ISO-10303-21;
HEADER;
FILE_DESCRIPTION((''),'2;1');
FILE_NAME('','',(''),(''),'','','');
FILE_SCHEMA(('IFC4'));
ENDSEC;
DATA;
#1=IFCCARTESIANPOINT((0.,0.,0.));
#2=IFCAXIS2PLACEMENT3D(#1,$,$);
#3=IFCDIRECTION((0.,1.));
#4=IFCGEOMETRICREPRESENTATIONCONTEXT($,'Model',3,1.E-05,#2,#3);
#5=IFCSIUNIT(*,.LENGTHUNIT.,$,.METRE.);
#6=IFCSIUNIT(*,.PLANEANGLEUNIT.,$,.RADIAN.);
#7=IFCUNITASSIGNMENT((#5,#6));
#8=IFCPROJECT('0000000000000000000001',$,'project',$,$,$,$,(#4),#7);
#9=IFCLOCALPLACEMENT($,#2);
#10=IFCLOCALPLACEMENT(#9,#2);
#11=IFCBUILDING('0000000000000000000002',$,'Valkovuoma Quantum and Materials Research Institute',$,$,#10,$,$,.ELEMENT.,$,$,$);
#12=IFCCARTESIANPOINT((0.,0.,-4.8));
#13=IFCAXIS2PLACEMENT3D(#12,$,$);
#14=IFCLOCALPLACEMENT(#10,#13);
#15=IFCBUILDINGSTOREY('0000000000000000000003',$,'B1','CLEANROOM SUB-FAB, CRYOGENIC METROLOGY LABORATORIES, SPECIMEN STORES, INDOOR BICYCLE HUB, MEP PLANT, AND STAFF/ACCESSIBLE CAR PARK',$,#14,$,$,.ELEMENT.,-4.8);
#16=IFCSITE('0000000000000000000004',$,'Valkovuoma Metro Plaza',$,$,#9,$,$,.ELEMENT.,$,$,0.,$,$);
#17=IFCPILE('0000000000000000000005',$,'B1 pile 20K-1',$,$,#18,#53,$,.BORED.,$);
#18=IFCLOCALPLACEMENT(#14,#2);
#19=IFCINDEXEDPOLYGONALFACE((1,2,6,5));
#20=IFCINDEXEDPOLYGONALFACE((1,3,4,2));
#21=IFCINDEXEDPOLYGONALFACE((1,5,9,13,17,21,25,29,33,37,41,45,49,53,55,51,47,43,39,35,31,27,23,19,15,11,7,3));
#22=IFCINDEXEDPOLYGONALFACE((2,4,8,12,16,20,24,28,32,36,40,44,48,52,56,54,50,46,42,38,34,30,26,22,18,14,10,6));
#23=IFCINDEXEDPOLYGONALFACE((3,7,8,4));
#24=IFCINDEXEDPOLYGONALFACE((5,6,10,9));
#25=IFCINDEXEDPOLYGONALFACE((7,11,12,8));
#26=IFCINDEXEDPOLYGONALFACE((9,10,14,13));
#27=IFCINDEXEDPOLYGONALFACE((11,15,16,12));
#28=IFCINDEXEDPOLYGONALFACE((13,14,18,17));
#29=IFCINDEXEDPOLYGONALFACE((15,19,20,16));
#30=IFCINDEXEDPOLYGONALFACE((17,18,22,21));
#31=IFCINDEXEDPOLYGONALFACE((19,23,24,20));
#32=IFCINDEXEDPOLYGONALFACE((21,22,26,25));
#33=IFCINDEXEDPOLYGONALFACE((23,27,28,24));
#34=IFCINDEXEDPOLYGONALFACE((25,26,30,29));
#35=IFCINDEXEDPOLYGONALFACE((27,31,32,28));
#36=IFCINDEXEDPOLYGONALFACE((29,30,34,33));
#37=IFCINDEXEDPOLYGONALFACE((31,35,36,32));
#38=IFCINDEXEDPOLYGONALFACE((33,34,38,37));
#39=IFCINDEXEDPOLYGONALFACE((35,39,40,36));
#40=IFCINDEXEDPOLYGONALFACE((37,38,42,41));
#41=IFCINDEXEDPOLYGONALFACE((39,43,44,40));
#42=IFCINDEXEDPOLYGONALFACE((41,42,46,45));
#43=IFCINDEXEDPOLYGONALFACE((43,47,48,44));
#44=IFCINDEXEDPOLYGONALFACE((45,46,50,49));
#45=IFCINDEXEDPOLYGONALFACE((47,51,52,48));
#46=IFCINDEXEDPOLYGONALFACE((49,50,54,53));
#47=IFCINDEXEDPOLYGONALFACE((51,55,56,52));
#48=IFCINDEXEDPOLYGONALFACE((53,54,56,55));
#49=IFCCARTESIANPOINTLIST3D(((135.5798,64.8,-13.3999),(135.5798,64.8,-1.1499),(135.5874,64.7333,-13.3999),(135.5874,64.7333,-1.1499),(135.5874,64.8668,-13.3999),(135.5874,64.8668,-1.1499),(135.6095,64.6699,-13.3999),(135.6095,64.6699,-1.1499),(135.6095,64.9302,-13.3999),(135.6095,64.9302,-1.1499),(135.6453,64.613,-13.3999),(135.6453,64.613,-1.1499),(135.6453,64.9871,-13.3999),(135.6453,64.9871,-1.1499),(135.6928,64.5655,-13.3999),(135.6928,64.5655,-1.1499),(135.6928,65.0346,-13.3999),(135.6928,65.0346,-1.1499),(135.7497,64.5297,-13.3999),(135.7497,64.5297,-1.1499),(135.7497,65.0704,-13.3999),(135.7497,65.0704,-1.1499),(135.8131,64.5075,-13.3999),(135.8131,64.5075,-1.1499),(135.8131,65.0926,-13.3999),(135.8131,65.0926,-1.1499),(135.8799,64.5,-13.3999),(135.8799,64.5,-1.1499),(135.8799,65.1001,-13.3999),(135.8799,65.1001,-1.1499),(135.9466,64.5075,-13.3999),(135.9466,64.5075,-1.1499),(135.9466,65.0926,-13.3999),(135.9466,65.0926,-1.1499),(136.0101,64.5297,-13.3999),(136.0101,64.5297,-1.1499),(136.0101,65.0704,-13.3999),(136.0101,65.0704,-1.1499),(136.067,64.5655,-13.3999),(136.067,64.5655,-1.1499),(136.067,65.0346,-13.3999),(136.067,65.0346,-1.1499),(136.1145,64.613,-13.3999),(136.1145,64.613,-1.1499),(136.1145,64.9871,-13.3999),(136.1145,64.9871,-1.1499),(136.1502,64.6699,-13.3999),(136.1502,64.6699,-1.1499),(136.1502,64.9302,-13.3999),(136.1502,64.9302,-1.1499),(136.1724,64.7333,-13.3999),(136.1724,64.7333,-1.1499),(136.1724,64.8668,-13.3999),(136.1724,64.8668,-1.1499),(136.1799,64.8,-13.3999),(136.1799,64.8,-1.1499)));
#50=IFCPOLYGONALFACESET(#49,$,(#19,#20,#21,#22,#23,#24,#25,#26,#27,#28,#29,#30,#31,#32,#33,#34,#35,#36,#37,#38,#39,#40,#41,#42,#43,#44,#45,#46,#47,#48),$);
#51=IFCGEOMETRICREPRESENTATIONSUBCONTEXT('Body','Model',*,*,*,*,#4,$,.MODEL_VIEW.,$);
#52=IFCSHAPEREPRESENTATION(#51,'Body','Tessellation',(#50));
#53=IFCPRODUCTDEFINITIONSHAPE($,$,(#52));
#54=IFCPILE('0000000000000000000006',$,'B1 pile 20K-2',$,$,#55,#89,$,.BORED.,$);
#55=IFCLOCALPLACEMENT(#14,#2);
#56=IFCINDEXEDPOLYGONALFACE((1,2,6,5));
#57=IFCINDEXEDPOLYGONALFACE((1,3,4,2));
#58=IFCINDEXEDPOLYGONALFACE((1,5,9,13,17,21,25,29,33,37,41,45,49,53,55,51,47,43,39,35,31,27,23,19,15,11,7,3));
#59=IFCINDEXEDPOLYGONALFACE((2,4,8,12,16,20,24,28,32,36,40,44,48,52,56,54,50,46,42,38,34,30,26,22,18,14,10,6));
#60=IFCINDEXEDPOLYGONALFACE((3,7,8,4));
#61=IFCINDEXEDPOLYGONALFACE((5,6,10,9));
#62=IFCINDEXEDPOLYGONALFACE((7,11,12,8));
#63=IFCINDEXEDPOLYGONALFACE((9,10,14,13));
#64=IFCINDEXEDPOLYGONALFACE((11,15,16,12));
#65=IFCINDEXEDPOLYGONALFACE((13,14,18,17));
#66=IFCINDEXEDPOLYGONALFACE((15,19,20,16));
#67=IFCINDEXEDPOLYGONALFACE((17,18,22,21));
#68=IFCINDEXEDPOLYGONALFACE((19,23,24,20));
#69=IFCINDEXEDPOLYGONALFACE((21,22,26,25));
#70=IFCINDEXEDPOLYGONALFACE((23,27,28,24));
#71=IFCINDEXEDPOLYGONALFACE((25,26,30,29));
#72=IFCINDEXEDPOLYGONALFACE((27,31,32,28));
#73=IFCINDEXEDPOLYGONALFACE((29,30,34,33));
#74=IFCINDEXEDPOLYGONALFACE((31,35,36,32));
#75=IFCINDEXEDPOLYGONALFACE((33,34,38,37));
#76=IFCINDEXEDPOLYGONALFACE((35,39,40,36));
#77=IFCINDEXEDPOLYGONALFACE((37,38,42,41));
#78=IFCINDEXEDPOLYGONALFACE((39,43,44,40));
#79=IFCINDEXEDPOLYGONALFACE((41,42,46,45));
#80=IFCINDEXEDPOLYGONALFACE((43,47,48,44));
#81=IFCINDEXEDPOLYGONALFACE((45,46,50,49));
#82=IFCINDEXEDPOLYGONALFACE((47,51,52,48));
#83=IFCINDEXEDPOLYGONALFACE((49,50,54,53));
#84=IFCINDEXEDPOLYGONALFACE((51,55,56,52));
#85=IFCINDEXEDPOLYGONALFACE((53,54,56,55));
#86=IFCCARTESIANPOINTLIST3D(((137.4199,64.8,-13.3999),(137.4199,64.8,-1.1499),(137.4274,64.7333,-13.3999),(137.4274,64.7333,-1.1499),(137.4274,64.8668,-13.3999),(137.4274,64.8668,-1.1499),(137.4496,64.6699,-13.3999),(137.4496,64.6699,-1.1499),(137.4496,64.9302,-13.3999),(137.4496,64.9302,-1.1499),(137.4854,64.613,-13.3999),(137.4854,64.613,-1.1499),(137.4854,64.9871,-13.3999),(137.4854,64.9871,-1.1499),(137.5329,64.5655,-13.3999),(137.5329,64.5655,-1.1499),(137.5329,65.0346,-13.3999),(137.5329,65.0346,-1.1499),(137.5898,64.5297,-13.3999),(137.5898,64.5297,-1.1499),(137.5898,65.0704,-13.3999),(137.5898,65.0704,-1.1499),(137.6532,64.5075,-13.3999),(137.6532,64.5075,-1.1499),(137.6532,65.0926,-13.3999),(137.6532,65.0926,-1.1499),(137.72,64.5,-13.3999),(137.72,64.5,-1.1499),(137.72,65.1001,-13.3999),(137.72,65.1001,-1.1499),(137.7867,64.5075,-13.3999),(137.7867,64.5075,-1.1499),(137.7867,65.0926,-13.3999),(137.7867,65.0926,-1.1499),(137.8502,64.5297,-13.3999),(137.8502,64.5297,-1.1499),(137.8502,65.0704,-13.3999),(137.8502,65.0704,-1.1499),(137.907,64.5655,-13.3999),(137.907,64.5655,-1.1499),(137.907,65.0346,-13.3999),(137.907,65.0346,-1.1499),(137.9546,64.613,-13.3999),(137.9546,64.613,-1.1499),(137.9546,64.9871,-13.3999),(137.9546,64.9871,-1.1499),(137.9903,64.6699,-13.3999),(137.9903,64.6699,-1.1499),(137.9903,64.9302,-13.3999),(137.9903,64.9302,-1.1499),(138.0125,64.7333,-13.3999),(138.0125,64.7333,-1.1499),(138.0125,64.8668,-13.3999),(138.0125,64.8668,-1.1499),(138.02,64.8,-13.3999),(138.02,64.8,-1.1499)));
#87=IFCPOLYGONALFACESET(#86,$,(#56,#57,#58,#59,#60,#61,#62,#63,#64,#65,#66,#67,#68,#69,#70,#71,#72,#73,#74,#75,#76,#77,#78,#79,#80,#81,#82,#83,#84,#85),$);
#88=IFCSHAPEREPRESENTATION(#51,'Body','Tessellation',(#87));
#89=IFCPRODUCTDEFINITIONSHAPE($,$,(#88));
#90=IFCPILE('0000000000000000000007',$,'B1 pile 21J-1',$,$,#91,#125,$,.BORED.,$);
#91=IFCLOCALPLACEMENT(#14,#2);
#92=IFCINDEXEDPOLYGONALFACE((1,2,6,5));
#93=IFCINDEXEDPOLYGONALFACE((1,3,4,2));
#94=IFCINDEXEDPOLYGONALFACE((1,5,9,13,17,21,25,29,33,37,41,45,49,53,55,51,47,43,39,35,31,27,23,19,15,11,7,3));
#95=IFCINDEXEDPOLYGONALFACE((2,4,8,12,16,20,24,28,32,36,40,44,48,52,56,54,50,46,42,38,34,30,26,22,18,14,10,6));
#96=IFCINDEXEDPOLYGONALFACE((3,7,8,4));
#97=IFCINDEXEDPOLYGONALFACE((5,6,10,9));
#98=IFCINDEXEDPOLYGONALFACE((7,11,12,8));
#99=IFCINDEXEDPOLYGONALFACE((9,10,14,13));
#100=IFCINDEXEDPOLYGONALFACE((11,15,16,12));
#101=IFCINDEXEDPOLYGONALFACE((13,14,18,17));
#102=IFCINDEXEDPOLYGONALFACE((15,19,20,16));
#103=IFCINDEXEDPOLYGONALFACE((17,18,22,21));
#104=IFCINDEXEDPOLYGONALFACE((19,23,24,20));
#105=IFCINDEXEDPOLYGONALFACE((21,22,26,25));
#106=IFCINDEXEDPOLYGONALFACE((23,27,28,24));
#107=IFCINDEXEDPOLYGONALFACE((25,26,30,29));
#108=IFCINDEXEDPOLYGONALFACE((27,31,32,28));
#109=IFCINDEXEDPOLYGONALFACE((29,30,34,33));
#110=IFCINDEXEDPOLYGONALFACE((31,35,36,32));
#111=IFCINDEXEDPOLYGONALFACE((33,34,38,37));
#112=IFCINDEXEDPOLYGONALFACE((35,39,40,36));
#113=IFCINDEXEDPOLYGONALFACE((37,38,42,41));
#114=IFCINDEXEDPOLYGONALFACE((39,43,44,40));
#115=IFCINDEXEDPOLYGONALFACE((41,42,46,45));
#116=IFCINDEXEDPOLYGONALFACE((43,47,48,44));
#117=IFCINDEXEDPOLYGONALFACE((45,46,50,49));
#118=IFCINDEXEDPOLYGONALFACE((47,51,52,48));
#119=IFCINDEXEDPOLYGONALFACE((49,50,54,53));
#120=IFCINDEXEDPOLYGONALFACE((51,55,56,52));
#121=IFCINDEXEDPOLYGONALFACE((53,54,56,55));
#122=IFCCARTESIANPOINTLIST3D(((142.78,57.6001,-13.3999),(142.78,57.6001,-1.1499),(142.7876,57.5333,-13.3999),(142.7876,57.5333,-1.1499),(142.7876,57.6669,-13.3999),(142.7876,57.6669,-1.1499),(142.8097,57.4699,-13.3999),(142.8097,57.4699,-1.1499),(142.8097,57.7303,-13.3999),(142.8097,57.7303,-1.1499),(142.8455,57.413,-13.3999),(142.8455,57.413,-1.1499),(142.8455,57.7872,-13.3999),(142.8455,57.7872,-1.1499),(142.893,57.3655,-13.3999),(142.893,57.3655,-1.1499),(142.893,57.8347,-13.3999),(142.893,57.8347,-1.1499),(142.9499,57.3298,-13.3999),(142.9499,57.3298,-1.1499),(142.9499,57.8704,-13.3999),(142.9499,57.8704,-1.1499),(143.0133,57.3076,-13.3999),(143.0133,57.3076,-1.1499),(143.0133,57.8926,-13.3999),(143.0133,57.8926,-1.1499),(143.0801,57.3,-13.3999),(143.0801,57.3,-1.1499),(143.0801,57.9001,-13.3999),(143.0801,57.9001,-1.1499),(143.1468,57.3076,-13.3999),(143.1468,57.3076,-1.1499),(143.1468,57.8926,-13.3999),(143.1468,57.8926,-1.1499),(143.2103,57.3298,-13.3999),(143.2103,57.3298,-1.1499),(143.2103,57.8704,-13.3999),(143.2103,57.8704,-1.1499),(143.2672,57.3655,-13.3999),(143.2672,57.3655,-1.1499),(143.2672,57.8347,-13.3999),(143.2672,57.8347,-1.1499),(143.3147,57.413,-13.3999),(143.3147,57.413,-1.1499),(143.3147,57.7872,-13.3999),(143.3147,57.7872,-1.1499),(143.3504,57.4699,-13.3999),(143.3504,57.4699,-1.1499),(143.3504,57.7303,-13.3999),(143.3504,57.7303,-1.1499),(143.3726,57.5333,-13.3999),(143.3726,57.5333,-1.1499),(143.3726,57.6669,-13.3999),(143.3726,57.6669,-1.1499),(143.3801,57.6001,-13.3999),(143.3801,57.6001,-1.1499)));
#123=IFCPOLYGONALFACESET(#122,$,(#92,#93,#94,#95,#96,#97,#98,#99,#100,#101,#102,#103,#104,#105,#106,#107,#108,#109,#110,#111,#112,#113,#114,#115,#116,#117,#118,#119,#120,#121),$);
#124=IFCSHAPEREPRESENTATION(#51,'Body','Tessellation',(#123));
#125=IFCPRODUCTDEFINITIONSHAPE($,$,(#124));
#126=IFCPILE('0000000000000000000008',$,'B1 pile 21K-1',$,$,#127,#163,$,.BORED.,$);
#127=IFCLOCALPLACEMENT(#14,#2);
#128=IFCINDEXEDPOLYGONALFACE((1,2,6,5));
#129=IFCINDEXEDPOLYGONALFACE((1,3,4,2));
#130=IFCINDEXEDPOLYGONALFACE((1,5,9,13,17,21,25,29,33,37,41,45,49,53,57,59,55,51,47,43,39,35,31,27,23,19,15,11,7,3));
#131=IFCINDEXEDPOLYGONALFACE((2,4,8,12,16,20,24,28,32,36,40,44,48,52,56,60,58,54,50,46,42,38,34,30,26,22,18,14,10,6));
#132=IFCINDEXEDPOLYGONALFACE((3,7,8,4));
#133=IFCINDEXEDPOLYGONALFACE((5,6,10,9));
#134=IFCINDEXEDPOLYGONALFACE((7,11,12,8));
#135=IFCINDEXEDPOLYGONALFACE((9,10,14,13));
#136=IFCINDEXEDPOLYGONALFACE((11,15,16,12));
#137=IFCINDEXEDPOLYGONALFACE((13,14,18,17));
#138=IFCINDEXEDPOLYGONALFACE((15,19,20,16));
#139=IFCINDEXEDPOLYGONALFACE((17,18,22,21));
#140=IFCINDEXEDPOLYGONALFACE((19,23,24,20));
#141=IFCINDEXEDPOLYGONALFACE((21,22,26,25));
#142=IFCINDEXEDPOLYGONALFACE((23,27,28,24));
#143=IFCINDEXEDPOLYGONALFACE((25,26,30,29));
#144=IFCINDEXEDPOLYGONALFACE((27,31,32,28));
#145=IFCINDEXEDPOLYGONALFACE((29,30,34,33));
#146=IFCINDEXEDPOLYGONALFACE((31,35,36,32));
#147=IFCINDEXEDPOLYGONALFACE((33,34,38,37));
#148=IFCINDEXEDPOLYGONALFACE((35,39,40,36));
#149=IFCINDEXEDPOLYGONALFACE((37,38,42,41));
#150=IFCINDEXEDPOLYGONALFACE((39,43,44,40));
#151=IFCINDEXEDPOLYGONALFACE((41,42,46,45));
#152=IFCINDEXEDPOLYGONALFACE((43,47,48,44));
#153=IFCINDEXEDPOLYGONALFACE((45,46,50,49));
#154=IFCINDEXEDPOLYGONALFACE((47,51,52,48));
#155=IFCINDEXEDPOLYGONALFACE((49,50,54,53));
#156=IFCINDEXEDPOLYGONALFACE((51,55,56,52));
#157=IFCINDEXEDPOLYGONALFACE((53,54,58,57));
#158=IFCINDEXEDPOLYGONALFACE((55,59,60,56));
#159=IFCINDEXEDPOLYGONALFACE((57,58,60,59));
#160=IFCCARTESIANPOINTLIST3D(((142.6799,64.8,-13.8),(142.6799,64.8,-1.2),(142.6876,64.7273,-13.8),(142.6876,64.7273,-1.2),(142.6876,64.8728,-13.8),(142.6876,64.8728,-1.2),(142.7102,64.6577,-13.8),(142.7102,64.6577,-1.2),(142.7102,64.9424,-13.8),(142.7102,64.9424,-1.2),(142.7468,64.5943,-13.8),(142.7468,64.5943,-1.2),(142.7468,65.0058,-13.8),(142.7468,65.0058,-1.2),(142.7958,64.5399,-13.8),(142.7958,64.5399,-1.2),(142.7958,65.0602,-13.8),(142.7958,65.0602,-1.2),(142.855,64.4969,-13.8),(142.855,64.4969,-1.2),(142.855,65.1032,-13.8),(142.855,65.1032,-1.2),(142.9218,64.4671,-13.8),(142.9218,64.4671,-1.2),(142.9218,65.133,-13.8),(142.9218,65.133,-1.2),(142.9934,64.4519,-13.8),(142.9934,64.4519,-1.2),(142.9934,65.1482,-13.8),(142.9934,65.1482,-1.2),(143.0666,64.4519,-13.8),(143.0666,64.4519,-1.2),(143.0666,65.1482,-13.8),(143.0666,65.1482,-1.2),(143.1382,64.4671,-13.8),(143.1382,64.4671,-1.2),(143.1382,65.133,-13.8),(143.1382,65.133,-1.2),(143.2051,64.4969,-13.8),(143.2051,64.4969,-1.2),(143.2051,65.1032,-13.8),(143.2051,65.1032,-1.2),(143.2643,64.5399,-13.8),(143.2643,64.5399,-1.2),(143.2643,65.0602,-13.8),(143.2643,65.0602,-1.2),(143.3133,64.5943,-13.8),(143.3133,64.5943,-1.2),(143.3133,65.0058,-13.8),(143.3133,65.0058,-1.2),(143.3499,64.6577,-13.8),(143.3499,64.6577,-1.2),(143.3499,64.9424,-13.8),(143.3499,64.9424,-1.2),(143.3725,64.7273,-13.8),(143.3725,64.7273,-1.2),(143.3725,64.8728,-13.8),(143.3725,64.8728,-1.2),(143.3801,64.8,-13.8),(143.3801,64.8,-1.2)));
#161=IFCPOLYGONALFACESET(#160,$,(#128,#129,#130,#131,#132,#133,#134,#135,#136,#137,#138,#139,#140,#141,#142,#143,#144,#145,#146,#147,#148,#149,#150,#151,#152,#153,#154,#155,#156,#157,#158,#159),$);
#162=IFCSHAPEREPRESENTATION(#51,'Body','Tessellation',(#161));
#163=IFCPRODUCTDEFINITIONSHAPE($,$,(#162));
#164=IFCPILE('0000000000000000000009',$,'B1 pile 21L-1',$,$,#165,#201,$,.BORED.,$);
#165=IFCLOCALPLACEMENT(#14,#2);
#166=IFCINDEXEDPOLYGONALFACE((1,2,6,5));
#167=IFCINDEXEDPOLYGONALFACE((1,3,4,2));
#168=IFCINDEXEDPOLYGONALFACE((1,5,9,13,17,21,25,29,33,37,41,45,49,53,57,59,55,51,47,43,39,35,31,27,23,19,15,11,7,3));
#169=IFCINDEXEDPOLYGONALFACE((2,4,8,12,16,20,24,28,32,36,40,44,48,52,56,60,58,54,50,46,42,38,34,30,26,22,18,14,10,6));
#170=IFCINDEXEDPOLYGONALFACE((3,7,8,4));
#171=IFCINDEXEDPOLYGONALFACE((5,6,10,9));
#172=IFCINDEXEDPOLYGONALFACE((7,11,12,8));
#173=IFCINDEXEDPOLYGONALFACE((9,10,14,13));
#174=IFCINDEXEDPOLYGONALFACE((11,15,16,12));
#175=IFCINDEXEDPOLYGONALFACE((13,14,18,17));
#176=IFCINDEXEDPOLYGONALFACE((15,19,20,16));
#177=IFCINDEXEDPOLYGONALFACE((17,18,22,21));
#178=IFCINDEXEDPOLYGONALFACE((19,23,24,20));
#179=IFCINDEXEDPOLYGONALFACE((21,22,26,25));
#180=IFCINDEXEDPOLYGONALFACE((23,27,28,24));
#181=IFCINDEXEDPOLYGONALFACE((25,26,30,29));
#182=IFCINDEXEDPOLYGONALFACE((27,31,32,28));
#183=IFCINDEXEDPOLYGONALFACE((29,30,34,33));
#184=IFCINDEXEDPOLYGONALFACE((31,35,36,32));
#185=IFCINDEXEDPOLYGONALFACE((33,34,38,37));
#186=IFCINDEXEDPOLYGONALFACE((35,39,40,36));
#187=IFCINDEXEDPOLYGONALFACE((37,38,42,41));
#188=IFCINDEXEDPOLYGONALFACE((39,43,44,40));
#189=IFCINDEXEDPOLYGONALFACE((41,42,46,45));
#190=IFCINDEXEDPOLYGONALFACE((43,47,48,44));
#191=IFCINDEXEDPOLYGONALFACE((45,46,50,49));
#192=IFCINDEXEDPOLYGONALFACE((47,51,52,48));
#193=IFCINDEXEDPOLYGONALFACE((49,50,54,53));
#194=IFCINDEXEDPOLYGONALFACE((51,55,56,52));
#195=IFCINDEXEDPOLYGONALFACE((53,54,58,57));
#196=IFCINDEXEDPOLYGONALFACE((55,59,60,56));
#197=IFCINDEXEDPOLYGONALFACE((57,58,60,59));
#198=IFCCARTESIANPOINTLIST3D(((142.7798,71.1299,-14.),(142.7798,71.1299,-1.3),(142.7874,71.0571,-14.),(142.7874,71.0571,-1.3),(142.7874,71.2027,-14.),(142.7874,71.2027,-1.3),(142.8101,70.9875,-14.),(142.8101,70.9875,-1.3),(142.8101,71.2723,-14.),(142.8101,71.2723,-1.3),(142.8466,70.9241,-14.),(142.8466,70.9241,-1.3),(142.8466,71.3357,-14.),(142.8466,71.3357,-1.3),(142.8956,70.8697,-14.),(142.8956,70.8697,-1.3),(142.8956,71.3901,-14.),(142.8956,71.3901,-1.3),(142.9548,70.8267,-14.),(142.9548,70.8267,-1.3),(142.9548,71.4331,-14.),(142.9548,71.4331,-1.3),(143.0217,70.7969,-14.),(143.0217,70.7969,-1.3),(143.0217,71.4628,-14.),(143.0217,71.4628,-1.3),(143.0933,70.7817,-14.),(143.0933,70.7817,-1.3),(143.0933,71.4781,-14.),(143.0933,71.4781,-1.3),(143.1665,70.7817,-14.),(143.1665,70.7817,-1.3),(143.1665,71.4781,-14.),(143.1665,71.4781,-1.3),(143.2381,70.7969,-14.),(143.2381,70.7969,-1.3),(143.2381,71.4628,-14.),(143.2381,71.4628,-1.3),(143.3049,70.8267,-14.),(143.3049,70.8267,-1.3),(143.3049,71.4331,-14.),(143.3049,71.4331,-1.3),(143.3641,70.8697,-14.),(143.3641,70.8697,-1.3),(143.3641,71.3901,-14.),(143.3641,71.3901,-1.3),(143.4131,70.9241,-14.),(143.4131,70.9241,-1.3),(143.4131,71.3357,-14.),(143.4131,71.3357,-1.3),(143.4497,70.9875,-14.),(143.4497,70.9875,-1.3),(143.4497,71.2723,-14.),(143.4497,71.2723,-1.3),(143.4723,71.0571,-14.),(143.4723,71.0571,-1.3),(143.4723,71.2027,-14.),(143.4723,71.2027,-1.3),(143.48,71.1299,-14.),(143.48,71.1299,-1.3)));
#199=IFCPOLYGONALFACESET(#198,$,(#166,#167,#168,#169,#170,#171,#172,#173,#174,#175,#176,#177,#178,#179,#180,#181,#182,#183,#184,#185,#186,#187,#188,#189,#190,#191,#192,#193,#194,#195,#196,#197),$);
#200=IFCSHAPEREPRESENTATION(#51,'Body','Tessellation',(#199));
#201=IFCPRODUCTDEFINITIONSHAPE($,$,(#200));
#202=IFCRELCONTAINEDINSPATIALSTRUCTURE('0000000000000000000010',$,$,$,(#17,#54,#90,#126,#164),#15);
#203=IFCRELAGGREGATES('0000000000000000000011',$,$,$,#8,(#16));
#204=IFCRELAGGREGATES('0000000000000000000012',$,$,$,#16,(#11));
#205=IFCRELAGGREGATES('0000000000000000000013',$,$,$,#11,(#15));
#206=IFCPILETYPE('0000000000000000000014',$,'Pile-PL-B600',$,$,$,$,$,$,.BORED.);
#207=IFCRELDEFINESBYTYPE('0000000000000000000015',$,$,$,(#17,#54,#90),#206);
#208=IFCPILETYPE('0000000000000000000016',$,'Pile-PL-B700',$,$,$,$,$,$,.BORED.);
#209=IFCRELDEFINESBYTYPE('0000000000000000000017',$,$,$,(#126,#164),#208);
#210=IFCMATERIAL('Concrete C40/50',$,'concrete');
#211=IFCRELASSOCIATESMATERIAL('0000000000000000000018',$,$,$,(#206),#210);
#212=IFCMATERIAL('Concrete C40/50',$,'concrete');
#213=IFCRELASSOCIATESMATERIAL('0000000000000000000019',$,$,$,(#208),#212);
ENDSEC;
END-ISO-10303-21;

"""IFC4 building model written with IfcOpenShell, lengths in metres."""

from ifc_helpers import new_model, si_unit, direction, frame, origin, origin_2d, place, context, subcontext, project, spatial, circle, extrude, material, material_profile, profile_set, type_object, element, save


model = new_model("IFC4")

# Units and contexts
model_context = context("Model", 3, precision=1e-05, world=origin(), true_north=direction((0.0, 1.0)))
body_context = subcontext(model_context, "Body", "Model", "MODEL_VIEW")
ifc_project = project(units=[si_unit("LENGTHUNIT", "METRE"), si_unit("PLANEANGLEUNIT", "RADIAN")], contexts=[model_context])

# Site, building, storey
site_placement = place(None, origin())
site = spatial("IfcSite", under=ifc_project, at=site_placement, Name="Valkovuoma Metro Plaza", CompositionType="ELEMENT", RefElevation=0.0)
building_placement = place(site_placement, origin())
building = spatial("IfcBuilding", under=site, at=building_placement, Name="Valkovuoma Quantum and Materials Research Institute", CompositionType="ELEMENT")
storey_placement = place(building_placement, frame((0.0, 0.0, -4.8)))
storey = spatial("IfcBuildingStorey", under=building, at=storey_placement, Name="B1", Description="CLEANROOM SUB-FAB, CRYOGENIC METROLOGY LABORATORIES, SPECIMEN STORES, INDOOR BICYCLE HUB, MEP PLANT, AND STAFF/ACCESSIBLE CAR PARK", CompositionType="ELEMENT", Elevation=-4.8)

# Piles
ifc_material_1 = material(Name="Concrete C40/50", Category="concrete")
ifc_material_profile_1 = material_profile(ifc_material_1, circle(Radius=0.3, at=origin_2d()), Name="Concrete C40/50")
ifc_profile_set_1 = profile_set([ifc_material_profile_1], Name="Concrete C40/50")
pile_type_1 = type_object("IfcPileType", Name="Pile-PL-B600", PredefinedType="BORED", material=ifc_profile_set_1)
for number, where, z_axis, x_axis, name in (
    (1, (135.8799, 64.8, -1.1499), (0.0, 0.0, -1.0), (1.0, 0.0, 0.0), "B1 pile 20K-1"),
    (2, (137.72, 64.8, -1.1499), (0.0, 0.0, -1.0), (1.0, 0.0, 0.0), "B1 pile 20K-2"),
    (3, (143.0801, 57.6001, -1.1499), (0.0, 0.0, -1.0), (1.0, 0.0, 0.0), "B1 pile 21J-1"),
):
    element("IfcPile", number, at=place(storey_placement, frame(where, z_axis=z_axis, x_axis=x_axis)), inside=storey, type_object=pile_type_1, Name=name, PredefinedType="BORED", context=body_context, shape_type="SweptSolid", body=[
        extrude(circle(Radius=0.3, at=origin_2d()), origin(), (0.0, 0.0, 1.0), 12.25),
    ])
ifc_material_2 = material(Name="Concrete C40/50", Category="concrete")
ifc_material_profile_2 = material_profile(ifc_material_2, circle(Radius=0.3501, at=origin_2d()), Name="Concrete C40/50")
ifc_profile_set_2 = profile_set([ifc_material_profile_2], Name="Concrete C40/50")
pile_type_2 = type_object("IfcPileType", Name="Pile-PL-B700", PredefinedType="BORED", material=ifc_profile_set_2)
pile_1_placement = place(storey_placement, frame((143.03, 64.8, -1.2), z_axis=(0.0, 0.0, -1.0), x_axis=(1.0, 0.0, 0.0)))
element("IfcPile", 4, at=pile_1_placement, inside=storey, type_object=pile_type_2, Name="B1 pile 21K-1", PredefinedType="BORED", context=body_context, shape_type="SweptSolid", body=[
    extrude(circle(Radius=0.3501, at=origin_2d()), origin(), (0.0, 0.0, 1.0), 12.6001),
])
pile_2_placement = place(storey_placement, frame((143.1299, 71.1299, -1.3), z_axis=(0.0, 0.0, -1.0), x_axis=(1.0, 0.0, 0.0)))
element("IfcPile", 5, at=pile_2_placement, inside=storey, type_object=pile_type_2, Name="B1 pile 21L-1", PredefinedType="BORED", context=body_context, shape_type="SweptSolid", body=[
    extrude(circle(Radius=0.3501, at=origin_2d()), origin(), (0.0, 0.0, 1.0), 12.7),
])

save(model, "model.ifc")
